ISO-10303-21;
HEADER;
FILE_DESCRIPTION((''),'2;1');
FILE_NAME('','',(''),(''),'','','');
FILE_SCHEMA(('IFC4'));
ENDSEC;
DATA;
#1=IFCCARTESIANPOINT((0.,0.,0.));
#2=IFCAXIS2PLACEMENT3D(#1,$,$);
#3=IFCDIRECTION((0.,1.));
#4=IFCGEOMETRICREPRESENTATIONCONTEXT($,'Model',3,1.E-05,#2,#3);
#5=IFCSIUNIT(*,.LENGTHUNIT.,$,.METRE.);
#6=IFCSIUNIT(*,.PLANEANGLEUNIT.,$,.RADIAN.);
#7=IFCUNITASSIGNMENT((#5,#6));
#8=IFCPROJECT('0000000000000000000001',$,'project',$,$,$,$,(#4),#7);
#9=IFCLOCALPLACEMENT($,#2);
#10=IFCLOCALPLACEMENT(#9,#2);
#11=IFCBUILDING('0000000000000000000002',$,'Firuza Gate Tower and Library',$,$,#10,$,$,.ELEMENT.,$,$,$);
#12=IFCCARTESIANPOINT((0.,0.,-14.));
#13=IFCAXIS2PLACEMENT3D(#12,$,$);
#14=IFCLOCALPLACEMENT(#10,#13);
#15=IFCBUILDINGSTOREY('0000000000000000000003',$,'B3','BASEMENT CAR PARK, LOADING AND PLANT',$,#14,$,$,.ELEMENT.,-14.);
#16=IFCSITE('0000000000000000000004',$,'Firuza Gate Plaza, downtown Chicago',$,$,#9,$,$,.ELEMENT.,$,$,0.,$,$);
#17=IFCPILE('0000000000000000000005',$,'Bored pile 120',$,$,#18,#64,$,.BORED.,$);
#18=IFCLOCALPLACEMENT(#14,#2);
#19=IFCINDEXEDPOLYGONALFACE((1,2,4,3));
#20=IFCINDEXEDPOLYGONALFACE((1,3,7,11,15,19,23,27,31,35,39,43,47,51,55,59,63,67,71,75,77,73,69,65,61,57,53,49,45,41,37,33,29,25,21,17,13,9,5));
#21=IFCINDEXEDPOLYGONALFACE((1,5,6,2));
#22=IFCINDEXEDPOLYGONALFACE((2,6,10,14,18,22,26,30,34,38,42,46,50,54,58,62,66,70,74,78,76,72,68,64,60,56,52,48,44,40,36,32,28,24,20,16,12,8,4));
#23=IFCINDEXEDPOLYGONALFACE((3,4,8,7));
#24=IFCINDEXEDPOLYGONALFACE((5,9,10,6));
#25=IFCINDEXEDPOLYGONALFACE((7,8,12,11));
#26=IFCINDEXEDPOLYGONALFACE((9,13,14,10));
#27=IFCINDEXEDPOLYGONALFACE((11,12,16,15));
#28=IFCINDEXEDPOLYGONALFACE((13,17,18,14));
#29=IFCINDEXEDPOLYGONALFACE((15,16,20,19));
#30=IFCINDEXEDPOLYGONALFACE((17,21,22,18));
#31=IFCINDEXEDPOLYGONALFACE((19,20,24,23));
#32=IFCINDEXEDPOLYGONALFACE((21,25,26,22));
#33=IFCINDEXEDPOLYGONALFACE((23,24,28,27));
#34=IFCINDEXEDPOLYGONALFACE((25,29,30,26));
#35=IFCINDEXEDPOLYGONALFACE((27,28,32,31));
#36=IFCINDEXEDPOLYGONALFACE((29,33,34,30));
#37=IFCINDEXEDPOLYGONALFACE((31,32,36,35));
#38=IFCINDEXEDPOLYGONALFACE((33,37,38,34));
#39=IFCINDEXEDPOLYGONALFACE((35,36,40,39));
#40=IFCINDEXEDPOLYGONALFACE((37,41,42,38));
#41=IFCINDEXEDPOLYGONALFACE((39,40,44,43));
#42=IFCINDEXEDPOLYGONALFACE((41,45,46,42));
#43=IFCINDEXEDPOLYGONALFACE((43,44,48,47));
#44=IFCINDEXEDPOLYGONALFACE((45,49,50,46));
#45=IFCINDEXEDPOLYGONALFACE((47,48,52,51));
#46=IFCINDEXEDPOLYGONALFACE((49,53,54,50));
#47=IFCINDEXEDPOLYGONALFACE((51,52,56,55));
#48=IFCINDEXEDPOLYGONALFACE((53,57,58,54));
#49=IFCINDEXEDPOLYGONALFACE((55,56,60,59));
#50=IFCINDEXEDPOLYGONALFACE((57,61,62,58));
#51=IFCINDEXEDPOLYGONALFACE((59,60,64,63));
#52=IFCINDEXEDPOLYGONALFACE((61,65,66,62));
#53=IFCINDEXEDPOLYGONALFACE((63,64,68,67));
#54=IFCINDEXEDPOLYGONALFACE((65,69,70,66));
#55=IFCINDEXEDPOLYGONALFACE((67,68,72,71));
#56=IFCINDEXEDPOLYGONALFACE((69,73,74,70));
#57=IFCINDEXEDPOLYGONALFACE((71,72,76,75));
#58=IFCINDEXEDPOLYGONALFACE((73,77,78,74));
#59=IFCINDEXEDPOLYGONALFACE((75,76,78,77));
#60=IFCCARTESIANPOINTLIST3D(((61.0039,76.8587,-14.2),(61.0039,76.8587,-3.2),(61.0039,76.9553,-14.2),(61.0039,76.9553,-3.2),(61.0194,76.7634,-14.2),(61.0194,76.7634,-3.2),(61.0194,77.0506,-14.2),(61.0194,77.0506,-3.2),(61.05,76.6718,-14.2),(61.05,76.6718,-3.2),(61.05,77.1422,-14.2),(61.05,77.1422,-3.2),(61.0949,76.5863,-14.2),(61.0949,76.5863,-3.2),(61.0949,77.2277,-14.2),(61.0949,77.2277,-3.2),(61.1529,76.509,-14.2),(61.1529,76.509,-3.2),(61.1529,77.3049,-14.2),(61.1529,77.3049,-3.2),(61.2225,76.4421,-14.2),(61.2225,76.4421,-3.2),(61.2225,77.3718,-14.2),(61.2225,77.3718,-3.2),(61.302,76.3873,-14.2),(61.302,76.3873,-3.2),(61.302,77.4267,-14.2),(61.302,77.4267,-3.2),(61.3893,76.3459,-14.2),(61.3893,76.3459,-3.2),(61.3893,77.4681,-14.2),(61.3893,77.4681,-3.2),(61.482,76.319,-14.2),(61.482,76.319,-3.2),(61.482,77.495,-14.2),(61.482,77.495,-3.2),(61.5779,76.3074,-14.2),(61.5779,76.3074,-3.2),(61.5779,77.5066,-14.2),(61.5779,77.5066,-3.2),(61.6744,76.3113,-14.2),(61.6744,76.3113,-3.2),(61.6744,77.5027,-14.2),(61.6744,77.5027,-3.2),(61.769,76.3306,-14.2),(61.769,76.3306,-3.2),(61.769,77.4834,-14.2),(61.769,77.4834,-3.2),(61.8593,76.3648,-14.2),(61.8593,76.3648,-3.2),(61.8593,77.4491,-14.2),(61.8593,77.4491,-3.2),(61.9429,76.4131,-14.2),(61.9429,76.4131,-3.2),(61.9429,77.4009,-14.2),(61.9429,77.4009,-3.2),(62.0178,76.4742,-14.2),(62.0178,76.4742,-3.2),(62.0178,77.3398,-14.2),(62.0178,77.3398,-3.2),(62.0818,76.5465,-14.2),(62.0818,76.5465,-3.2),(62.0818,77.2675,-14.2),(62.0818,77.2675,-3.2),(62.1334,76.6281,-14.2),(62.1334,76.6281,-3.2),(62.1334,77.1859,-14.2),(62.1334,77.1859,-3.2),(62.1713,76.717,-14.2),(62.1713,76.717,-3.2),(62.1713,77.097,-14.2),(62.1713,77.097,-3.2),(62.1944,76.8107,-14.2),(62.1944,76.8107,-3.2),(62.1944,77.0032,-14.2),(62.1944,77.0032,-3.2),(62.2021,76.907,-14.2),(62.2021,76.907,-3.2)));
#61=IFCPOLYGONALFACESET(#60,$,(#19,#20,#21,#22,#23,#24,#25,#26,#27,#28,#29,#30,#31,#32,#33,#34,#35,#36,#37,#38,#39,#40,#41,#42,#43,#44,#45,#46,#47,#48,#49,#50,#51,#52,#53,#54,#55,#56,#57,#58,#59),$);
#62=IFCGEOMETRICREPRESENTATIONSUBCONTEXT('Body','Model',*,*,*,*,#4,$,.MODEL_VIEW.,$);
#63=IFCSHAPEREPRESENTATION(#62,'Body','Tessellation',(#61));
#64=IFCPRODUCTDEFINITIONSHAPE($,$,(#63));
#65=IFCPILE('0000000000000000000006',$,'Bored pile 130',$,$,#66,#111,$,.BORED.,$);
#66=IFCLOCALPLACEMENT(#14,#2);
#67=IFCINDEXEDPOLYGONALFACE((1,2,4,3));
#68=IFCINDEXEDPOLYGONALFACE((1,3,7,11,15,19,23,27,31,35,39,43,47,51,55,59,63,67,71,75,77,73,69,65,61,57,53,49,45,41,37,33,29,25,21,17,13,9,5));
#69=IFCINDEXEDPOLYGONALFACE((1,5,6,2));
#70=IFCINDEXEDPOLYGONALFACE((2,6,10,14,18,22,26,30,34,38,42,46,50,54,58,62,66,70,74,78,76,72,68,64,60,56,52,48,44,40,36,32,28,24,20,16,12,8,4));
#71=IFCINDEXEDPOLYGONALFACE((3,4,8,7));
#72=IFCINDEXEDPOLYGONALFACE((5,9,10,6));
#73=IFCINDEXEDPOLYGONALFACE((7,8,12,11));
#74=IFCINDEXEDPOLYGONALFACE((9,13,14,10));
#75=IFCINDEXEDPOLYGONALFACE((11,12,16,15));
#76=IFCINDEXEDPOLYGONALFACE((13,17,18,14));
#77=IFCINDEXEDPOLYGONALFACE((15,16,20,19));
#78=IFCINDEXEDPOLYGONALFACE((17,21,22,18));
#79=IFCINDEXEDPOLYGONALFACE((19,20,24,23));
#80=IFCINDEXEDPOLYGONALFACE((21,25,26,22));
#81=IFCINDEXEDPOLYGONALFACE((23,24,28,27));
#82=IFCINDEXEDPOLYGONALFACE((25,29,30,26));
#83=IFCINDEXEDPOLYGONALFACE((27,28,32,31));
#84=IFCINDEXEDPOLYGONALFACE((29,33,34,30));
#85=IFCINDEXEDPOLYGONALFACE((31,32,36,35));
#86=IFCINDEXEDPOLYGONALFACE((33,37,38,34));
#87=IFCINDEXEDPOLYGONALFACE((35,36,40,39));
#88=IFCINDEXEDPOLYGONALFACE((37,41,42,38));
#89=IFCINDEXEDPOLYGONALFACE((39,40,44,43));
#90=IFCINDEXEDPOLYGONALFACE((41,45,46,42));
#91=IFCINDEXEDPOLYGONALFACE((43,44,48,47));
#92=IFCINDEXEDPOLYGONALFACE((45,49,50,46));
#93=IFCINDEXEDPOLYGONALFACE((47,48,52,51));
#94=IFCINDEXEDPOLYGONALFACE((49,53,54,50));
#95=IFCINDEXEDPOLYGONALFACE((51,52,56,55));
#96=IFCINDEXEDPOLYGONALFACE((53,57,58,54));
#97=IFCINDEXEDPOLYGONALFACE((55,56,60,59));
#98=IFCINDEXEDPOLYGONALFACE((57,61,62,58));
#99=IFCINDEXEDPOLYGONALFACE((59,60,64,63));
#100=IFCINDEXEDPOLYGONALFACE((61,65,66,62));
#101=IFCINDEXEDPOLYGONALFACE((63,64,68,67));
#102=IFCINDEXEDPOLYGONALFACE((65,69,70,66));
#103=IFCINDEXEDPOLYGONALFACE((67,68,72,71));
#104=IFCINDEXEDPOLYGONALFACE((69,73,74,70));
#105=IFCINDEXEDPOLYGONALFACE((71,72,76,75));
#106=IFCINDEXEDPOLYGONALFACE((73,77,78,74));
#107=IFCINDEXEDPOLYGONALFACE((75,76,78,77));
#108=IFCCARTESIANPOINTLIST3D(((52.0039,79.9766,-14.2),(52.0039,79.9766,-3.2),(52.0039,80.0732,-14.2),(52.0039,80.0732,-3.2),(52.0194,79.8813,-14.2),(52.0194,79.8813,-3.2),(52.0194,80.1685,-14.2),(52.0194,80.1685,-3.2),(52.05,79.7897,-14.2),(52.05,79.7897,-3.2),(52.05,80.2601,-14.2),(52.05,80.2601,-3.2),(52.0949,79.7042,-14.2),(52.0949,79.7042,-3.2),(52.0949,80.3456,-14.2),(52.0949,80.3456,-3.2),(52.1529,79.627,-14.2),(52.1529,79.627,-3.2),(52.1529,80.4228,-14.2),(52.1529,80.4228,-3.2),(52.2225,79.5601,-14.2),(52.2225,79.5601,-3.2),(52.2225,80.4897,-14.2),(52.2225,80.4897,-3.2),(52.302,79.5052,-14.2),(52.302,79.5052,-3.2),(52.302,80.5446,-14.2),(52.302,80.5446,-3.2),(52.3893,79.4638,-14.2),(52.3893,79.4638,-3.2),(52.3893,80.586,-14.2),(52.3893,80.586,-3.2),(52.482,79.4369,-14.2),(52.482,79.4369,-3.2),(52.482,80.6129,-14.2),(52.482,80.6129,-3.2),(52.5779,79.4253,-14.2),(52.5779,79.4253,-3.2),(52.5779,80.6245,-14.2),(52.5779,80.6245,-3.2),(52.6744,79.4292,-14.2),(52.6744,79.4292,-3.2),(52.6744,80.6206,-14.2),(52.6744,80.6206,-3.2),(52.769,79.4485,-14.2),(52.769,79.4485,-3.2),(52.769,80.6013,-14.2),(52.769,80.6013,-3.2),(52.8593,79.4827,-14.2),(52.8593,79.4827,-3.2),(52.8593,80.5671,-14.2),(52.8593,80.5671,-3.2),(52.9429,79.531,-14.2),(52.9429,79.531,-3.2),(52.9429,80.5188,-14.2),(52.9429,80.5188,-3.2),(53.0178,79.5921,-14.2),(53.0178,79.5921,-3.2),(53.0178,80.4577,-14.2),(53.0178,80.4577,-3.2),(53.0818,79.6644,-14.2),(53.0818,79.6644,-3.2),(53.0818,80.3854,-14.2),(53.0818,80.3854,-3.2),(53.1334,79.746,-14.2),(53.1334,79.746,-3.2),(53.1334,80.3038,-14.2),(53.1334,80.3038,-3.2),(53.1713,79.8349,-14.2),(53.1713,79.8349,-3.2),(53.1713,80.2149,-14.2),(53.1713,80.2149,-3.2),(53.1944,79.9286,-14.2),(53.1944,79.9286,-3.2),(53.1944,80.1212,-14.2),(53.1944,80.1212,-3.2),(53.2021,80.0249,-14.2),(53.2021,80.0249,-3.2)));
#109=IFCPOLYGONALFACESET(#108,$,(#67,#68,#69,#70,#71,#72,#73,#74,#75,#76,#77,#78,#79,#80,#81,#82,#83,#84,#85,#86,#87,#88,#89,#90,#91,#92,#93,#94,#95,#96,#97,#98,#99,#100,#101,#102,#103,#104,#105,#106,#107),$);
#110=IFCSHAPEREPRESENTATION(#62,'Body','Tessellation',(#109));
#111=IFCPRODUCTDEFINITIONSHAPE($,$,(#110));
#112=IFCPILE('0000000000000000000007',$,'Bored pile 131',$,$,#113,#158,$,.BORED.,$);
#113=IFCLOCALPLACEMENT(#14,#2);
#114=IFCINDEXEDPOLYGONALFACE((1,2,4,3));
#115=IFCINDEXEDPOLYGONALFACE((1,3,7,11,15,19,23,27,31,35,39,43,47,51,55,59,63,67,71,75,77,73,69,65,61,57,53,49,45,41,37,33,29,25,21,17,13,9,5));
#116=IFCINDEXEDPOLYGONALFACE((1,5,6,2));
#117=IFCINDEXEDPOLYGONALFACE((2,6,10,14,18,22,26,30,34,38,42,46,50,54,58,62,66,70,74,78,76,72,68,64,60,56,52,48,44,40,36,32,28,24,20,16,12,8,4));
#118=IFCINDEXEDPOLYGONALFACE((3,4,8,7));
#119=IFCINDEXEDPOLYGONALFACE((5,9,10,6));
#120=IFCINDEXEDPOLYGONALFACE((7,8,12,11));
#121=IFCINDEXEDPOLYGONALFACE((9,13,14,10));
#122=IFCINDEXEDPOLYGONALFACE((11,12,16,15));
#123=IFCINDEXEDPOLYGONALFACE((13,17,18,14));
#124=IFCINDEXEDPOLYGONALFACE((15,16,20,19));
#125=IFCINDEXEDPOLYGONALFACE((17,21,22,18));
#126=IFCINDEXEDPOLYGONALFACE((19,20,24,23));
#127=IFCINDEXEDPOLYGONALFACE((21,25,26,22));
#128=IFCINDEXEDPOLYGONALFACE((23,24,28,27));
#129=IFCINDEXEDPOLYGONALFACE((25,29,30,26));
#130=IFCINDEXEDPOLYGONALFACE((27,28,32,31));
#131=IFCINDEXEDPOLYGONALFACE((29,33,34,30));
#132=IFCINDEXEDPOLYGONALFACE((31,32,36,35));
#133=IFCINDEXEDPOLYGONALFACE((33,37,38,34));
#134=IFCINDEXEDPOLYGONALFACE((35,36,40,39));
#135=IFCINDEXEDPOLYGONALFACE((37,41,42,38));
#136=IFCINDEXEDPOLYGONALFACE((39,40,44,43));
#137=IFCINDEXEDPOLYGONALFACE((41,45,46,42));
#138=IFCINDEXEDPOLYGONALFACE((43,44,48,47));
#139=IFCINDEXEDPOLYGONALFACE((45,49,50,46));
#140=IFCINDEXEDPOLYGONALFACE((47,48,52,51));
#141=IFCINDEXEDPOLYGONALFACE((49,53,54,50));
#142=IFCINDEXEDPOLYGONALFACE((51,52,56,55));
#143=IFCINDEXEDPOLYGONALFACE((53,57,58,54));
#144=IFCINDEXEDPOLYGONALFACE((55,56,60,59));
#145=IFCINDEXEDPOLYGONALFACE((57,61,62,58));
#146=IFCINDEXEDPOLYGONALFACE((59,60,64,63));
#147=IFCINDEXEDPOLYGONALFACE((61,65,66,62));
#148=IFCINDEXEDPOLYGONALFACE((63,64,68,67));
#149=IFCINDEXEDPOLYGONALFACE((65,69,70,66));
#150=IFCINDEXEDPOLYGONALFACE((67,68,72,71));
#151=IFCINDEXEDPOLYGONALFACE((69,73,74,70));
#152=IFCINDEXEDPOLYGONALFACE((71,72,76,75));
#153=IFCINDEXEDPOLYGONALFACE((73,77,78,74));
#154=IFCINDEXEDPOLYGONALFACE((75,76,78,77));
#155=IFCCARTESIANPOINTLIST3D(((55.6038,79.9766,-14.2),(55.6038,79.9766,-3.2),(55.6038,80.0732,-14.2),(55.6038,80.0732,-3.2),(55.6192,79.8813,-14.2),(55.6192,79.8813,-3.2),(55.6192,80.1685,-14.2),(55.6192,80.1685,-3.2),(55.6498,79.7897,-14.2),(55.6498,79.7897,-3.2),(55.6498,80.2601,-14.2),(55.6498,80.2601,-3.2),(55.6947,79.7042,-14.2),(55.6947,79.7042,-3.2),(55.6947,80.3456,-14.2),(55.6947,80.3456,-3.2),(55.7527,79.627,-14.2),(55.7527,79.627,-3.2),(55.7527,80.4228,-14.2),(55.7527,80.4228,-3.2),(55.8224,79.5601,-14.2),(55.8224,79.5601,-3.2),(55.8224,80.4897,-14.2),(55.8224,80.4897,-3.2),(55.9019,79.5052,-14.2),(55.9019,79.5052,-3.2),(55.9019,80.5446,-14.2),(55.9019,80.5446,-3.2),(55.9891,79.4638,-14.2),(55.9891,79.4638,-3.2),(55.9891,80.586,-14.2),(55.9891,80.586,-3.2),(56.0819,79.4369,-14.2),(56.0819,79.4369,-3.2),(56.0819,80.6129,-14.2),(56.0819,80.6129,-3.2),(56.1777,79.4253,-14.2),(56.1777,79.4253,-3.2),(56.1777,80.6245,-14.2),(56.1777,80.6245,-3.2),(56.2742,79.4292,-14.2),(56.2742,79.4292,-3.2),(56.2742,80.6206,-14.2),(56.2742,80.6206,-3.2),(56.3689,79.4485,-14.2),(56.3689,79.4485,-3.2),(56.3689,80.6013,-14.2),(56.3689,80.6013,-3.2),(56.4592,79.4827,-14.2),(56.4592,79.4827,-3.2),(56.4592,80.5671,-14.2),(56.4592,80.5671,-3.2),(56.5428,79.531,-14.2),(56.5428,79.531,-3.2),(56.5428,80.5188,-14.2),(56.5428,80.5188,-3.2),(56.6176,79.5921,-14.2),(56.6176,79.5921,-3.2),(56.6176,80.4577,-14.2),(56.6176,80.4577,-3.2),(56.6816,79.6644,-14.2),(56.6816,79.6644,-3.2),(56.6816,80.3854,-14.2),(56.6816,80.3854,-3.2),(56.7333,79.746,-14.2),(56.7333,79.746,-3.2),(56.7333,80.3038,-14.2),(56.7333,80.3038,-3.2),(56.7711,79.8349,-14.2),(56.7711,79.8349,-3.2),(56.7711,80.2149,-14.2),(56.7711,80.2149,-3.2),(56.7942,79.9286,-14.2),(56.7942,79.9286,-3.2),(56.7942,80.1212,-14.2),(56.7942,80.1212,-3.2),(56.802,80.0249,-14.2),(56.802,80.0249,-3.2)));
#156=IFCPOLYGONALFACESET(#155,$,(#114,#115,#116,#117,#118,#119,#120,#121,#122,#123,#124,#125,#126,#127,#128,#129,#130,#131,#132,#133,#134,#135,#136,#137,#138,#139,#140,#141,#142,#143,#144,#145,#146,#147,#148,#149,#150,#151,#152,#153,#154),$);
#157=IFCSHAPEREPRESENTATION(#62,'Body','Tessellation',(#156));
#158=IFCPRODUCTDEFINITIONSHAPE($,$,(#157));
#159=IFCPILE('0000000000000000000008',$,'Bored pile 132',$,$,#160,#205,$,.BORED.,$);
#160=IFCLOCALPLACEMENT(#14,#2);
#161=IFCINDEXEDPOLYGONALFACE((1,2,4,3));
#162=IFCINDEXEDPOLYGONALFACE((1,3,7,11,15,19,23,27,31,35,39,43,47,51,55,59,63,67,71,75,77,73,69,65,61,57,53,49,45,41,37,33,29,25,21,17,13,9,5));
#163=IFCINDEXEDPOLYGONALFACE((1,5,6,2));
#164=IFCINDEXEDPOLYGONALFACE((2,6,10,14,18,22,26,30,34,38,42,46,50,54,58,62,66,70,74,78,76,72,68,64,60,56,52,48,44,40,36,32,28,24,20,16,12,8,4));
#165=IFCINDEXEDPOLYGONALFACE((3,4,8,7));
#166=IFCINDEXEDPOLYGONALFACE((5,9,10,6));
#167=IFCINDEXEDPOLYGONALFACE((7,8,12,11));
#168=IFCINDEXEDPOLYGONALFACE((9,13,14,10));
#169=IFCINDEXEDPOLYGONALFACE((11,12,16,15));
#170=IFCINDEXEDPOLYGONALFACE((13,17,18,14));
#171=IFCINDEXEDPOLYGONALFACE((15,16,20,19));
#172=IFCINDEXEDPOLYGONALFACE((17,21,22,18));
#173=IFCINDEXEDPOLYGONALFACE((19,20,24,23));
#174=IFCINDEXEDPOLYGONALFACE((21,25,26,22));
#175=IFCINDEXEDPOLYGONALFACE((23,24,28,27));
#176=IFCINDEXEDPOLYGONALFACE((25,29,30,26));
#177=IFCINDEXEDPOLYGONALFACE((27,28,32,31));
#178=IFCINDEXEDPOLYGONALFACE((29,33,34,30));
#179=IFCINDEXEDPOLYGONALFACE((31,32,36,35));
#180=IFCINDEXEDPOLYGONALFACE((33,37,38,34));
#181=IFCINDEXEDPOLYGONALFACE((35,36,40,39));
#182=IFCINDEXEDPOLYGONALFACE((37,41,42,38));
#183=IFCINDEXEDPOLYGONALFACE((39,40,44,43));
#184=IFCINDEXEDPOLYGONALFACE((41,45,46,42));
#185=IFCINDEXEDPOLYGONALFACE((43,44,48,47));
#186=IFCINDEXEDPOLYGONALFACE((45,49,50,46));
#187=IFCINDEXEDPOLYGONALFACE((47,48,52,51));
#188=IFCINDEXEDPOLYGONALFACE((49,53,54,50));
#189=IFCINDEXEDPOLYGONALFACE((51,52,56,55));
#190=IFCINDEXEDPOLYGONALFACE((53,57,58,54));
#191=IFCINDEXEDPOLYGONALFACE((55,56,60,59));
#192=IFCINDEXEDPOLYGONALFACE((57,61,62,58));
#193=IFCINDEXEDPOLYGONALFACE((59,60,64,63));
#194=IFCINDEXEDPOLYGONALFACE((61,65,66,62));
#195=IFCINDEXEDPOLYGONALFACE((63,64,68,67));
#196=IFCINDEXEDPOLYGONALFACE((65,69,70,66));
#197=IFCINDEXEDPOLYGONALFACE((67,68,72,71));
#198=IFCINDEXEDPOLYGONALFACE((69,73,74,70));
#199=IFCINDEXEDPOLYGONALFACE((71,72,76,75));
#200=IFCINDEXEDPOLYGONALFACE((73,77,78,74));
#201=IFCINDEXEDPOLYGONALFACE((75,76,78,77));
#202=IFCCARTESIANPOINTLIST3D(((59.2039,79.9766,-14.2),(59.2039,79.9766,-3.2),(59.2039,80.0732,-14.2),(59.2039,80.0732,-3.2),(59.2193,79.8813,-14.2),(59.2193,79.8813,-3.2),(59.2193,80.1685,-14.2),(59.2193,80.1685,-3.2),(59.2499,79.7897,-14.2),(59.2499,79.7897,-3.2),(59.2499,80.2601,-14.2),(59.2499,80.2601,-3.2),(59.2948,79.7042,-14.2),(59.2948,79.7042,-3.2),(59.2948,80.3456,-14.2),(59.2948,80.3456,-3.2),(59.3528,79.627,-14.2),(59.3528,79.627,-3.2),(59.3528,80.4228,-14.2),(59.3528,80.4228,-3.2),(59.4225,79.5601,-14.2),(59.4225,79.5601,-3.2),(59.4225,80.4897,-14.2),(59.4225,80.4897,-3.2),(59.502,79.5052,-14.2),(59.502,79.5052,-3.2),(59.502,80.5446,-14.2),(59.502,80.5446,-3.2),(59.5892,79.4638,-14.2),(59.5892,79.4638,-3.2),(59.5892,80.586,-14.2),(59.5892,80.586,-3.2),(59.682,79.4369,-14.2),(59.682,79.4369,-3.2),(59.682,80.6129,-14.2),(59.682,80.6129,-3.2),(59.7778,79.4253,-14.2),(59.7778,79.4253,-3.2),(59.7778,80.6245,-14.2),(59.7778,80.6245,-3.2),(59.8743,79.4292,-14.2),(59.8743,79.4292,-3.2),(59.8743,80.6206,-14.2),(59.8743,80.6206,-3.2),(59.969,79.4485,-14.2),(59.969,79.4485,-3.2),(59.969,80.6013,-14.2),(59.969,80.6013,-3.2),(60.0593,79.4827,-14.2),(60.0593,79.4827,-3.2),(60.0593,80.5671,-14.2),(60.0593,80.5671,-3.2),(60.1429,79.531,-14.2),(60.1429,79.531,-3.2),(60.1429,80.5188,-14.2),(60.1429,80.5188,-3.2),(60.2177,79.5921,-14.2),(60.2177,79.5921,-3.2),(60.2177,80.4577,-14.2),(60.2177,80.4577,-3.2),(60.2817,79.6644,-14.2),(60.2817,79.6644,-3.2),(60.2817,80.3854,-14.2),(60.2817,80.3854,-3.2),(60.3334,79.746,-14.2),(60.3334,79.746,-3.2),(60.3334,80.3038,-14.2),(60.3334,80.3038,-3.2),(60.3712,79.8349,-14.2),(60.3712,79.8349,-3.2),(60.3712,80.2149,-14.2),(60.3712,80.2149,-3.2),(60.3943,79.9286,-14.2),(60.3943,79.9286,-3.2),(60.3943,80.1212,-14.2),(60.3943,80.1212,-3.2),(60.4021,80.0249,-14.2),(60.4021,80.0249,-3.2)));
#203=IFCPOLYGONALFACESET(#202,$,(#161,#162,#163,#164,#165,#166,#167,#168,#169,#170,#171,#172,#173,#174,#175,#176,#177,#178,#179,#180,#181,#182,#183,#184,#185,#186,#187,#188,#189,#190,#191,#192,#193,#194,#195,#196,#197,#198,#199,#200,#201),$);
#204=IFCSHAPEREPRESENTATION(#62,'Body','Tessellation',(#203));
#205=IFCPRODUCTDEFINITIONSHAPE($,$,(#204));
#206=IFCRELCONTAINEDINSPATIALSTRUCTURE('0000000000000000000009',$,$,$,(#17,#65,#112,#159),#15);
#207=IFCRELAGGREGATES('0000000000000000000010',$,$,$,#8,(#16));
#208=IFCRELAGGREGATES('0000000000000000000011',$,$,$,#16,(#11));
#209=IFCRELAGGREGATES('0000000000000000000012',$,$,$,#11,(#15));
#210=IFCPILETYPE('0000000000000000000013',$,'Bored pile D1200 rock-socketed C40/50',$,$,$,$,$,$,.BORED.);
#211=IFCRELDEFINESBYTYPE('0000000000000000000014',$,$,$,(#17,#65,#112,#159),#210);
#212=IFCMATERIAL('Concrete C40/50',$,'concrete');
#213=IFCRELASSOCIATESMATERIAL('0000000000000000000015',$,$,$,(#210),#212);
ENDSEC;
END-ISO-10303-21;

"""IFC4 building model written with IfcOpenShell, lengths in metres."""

from ifc_helpers import new_model, si_unit, direction, frame, origin, origin_2d, place, context, subcontext, project, spatial, circle, extrude, material, material_profile, profile_set, type_object, element, save


model = new_model("IFC4")

# Units and contexts
model_context = context("Model", 3, precision=1e-05, world=origin(), true_north=direction((0.0, 1.0)))
body_context = subcontext(model_context, "Body", "Model", "MODEL_VIEW")
ifc_project = project(units=[si_unit("LENGTHUNIT", "METRE"), si_unit("PLANEANGLEUNIT", "RADIAN")], contexts=[model_context])

# Site, building, storey
site_placement = place(None, origin())
site = spatial("IfcSite", under=ifc_project, at=site_placement, Name="Firuza Gate Plaza, downtown Chicago", CompositionType="ELEMENT", RefElevation=0.0)
building_placement = place(site_placement, origin())
building = spatial("IfcBuilding", under=site, at=building_placement, Name="Firuza Gate Tower and Library", CompositionType="ELEMENT")
storey_placement = place(building_placement, frame((0.0, 0.0, -14.0)))
storey = spatial("IfcBuildingStorey", under=building, at=storey_placement, Name="B3", Description="BASEMENT CAR PARK, LOADING AND PLANT", CompositionType="ELEMENT", Elevation=-14.0)

# Piles
ifc_material_1 = material(Name="Concrete C40/50", Category="concrete")
ifc_material_profile_1 = material_profile(ifc_material_1, circle(Radius=0.6001, at=origin_2d()))
ifc_profile_set_1 = profile_set([ifc_material_profile_1], Name="Concrete C40/50")
pile_type = type_object("IfcPileType", Name="Bored pile D1200 rock-socketed C40/50", PredefinedType="BORED", material=ifc_profile_set_1)
for number, where, z_axis, x_axis, name in (
    (1, (61.6021, 76.907, -3.2), (0.0, 0.0, -1.0), (1.0, 0.0, 0.0), "Bored pile 120"),
    (2, (52.6021, 80.0249, -3.2), (0.0, 0.0, -1.0), (1.0, 0.0, 0.0), "Bored pile 130"),
    (3, (56.2019, 80.0249, -3.2), (0.0, 0.0, -1.0), (1.0, 0.0, 0.0), "Bored pile 131"),
    (4, (59.802, 80.0249, -3.2), (0.0, 0.0, -1.0), (1.0, 0.0, 0.0), "Bored pile 132"),
):
    element("IfcPile", number, at=place(storey_placement, frame(where, z_axis=z_axis, x_axis=x_axis)), inside=storey, type_object=pile_type, Name=name, PredefinedType="BORED", context=body_context, shape_type="SweptSolid", body=[
        extrude(circle(Radius=0.6001, at=origin_2d()), origin(), (0.0, 0.0, 1.0), 11.0),
    ])

save(model, "model.ifc")
